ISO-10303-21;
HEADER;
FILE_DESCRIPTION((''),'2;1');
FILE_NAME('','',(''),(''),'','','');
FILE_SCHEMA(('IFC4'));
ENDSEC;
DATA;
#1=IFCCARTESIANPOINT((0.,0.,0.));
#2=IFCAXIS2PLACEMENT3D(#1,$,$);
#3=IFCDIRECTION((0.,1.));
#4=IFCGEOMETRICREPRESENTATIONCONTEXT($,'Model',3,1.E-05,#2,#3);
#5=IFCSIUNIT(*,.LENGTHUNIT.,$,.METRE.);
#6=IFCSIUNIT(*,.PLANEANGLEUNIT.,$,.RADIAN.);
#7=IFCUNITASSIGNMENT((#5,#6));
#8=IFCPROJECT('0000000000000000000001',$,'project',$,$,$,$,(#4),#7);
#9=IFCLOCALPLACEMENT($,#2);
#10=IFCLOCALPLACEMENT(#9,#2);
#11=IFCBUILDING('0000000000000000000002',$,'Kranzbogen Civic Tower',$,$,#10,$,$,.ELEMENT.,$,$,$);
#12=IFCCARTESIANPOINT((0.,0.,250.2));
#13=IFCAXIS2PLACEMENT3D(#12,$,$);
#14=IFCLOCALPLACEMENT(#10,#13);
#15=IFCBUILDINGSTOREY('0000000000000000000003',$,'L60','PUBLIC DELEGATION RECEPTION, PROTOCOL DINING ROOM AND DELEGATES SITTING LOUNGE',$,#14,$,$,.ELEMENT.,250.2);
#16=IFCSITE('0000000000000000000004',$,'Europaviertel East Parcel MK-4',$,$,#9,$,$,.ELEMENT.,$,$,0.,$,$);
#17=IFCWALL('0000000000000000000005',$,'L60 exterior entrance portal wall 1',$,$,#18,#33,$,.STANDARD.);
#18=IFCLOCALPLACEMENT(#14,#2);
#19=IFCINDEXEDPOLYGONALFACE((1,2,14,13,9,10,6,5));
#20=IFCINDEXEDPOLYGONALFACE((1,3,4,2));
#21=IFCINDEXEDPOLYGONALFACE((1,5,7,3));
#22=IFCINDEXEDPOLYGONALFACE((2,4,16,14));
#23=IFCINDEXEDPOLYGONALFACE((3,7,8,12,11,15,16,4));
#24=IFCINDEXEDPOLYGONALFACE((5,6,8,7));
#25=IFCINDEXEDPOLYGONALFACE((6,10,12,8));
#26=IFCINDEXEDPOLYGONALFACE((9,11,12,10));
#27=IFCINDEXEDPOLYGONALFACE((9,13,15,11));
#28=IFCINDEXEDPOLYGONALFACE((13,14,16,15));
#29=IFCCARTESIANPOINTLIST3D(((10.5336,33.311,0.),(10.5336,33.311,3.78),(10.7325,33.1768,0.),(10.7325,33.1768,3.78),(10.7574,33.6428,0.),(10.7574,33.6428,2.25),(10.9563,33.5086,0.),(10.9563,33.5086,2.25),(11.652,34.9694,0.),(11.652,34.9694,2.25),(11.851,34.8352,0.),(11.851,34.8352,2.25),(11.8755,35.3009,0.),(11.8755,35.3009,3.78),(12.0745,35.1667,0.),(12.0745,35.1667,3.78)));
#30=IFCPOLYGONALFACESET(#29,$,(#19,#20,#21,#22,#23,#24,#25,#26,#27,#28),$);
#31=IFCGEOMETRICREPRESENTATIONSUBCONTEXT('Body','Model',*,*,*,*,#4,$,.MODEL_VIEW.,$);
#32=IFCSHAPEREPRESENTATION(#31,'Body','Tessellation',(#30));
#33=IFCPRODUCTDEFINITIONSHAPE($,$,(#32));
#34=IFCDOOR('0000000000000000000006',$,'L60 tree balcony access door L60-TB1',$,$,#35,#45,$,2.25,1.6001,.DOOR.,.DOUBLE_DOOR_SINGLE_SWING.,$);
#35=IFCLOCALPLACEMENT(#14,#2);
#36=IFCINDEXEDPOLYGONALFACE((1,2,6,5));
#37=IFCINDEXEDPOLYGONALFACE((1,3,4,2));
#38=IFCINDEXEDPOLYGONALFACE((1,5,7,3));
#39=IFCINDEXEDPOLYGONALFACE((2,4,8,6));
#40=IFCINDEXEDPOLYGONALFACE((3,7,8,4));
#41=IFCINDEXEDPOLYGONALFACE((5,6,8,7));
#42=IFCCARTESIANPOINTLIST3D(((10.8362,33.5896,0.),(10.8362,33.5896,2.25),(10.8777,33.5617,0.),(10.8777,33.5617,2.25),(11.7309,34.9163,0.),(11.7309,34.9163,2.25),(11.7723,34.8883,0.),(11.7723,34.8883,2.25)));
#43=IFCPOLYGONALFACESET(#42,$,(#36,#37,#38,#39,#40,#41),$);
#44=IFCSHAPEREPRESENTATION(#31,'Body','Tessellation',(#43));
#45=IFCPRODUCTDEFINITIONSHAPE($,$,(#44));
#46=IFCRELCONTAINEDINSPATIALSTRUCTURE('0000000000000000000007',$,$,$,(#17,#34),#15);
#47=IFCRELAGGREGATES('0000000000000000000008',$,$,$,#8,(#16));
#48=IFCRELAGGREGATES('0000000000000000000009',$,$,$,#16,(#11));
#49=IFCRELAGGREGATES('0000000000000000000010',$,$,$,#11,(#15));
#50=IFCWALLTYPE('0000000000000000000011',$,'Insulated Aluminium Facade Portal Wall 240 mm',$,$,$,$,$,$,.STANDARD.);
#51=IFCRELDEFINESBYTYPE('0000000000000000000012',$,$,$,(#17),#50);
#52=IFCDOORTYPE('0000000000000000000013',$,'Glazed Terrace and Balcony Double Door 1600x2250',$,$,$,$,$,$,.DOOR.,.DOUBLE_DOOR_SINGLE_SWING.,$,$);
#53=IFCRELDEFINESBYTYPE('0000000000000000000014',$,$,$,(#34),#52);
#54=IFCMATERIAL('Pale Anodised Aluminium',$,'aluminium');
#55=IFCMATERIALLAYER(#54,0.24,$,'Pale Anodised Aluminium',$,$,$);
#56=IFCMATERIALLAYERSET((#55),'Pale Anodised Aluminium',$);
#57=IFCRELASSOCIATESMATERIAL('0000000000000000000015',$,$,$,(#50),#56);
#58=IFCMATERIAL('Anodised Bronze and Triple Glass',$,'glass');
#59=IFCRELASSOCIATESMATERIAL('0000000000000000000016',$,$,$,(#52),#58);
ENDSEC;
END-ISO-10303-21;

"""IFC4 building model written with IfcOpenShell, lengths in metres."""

from ifc_helpers import new_model, si_unit, direction, frame, frame_2d, origin, place, context, subcontext, project, spatial, rectangle, extrude, material, layer, layer_set, type_object, element, fill, save


model = new_model("IFC4")

# Units and contexts
model_context = context("Model", 3, precision=1e-05, world=origin(), true_north=direction((0.0, 1.0)))
body_context = subcontext(model_context, "Body", "Model", "MODEL_VIEW")
ifc_project = project(units=[si_unit("LENGTHUNIT", "METRE"), si_unit("PLANEANGLEUNIT", "RADIAN")], contexts=[model_context])

# Site, building, storey
site_placement = place(None, origin())
site = spatial("IfcSite", under=ifc_project, at=site_placement, Name="Europaviertel East Parcel MK-4", CompositionType="ELEMENT", RefElevation=0.0)
building_placement = place(site_placement, origin())
building = spatial("IfcBuilding", under=site, at=building_placement, Name="Kranzbogen Civic Tower", CompositionType="ELEMENT")
storey_placement = place(building_placement, frame((0.0, 0.0, 250.2)))
storey = spatial("IfcBuildingStorey", under=building, at=storey_placement, Name="L60", Description="PUBLIC DELEGATION RECEPTION, PROTOCOL DINING ROOM AND DELEGATES SITTING LOUNGE", CompositionType="ELEMENT", Elevation=250.2)

# Shared definitions
ifc_material_1 = material(Name="Pale Anodised Aluminium", Category="aluminium")

# Wall, opening, door
ifc_layer_1 = layer(ifc_material_1, 0.24, Name="Pale Anodised Aluminium")
ifc_layer_set_1 = layer_set([ifc_layer_1], Name="Pale Anodised Aluminium")
wall_type_1 = type_object("IfcWallType", Name="Insulated Aluminium Facade Portal Wall 240 mm", PredefinedType="STANDARD", material=ifc_layer_set_1)
wall_1_placement = place(storey_placement, frame((11.9751, 35.2339, 0.0), z_axis=(0.0, 0.0, 1.0), x_axis=(-0.559129, -0.829081, 0.0)))
wall_1 = element("IfcWall", 1, at=wall_1_placement, inside=storey, type_object=wall_type_1, Name="L60 exterior entrance portal wall 1", PredefinedType="STANDARD", context=body_context, shape_type="SweptSolid", body=[
    extrude(rectangle(XDim=2.4001, YDim=0.24, at=frame_2d((1.2002, 0.0))), origin(), (0.0, 0.0, 1.0), 3.78),
])
opening_1_placement = place(wall_1_placement, frame((0.3999, 0.0, 0.0)))
opening_1 = element("IfcOpeningElement", 2, at=opening_1_placement, cuts=wall_1, PredefinedType="OPENING", context=body_context, shape_type="SweptSolid", body=[
    extrude(rectangle(XDim=1.6001, YDim=2.25, at=frame_2d((0.8, 1.125))), frame((0.0, 0.1299, 0.0), z_axis=(0.0, -1.0, 0.0), x_axis=(1.0, 0.0, 0.0)), (0.0, 0.0, 1.0), 0.26),
])
ifc_material_2 = material(Name="Anodised Bronze and Triple Glass", Category="glass")
door_type_1 = type_object("IfcDoorType", Name="Glazed Terrace and Balcony Double Door 1600x2250", OperationType="DOUBLE_DOOR_SINGLE_SWING", PredefinedType="DOOR", material=ifc_material_2)
door_1_placement = place(opening_1_placement, frame((1.6001, 0.0, 0.0), z_axis=(0.0, 0.0, 1.0), x_axis=(-1.0, 0.0, 0.0)))
door_1 = element("IfcDoor", 3, at=door_1_placement, inside=storey, type_object=door_type_1, Name="L60 tree balcony access door L60-TB1", OperationType="DOUBLE_DOOR_SINGLE_SWING", OverallHeight=2.25, OverallWidth=1.6001, PredefinedType="DOOR", context=body_context, shape_type="SweptSolid", body=[
    extrude(rectangle(XDim=1.6001, YDim=2.25, at=frame_2d((0.8, 1.125))), frame((0.0, 0.0249, 0.0), z_axis=(0.0, -1.0, 0.0), x_axis=(1.0, 0.0, 0.0)), (0.0, 0.0, 1.0), 0.05),
])
fill(opening_1, door_1)

save(model, "model.ifc")
